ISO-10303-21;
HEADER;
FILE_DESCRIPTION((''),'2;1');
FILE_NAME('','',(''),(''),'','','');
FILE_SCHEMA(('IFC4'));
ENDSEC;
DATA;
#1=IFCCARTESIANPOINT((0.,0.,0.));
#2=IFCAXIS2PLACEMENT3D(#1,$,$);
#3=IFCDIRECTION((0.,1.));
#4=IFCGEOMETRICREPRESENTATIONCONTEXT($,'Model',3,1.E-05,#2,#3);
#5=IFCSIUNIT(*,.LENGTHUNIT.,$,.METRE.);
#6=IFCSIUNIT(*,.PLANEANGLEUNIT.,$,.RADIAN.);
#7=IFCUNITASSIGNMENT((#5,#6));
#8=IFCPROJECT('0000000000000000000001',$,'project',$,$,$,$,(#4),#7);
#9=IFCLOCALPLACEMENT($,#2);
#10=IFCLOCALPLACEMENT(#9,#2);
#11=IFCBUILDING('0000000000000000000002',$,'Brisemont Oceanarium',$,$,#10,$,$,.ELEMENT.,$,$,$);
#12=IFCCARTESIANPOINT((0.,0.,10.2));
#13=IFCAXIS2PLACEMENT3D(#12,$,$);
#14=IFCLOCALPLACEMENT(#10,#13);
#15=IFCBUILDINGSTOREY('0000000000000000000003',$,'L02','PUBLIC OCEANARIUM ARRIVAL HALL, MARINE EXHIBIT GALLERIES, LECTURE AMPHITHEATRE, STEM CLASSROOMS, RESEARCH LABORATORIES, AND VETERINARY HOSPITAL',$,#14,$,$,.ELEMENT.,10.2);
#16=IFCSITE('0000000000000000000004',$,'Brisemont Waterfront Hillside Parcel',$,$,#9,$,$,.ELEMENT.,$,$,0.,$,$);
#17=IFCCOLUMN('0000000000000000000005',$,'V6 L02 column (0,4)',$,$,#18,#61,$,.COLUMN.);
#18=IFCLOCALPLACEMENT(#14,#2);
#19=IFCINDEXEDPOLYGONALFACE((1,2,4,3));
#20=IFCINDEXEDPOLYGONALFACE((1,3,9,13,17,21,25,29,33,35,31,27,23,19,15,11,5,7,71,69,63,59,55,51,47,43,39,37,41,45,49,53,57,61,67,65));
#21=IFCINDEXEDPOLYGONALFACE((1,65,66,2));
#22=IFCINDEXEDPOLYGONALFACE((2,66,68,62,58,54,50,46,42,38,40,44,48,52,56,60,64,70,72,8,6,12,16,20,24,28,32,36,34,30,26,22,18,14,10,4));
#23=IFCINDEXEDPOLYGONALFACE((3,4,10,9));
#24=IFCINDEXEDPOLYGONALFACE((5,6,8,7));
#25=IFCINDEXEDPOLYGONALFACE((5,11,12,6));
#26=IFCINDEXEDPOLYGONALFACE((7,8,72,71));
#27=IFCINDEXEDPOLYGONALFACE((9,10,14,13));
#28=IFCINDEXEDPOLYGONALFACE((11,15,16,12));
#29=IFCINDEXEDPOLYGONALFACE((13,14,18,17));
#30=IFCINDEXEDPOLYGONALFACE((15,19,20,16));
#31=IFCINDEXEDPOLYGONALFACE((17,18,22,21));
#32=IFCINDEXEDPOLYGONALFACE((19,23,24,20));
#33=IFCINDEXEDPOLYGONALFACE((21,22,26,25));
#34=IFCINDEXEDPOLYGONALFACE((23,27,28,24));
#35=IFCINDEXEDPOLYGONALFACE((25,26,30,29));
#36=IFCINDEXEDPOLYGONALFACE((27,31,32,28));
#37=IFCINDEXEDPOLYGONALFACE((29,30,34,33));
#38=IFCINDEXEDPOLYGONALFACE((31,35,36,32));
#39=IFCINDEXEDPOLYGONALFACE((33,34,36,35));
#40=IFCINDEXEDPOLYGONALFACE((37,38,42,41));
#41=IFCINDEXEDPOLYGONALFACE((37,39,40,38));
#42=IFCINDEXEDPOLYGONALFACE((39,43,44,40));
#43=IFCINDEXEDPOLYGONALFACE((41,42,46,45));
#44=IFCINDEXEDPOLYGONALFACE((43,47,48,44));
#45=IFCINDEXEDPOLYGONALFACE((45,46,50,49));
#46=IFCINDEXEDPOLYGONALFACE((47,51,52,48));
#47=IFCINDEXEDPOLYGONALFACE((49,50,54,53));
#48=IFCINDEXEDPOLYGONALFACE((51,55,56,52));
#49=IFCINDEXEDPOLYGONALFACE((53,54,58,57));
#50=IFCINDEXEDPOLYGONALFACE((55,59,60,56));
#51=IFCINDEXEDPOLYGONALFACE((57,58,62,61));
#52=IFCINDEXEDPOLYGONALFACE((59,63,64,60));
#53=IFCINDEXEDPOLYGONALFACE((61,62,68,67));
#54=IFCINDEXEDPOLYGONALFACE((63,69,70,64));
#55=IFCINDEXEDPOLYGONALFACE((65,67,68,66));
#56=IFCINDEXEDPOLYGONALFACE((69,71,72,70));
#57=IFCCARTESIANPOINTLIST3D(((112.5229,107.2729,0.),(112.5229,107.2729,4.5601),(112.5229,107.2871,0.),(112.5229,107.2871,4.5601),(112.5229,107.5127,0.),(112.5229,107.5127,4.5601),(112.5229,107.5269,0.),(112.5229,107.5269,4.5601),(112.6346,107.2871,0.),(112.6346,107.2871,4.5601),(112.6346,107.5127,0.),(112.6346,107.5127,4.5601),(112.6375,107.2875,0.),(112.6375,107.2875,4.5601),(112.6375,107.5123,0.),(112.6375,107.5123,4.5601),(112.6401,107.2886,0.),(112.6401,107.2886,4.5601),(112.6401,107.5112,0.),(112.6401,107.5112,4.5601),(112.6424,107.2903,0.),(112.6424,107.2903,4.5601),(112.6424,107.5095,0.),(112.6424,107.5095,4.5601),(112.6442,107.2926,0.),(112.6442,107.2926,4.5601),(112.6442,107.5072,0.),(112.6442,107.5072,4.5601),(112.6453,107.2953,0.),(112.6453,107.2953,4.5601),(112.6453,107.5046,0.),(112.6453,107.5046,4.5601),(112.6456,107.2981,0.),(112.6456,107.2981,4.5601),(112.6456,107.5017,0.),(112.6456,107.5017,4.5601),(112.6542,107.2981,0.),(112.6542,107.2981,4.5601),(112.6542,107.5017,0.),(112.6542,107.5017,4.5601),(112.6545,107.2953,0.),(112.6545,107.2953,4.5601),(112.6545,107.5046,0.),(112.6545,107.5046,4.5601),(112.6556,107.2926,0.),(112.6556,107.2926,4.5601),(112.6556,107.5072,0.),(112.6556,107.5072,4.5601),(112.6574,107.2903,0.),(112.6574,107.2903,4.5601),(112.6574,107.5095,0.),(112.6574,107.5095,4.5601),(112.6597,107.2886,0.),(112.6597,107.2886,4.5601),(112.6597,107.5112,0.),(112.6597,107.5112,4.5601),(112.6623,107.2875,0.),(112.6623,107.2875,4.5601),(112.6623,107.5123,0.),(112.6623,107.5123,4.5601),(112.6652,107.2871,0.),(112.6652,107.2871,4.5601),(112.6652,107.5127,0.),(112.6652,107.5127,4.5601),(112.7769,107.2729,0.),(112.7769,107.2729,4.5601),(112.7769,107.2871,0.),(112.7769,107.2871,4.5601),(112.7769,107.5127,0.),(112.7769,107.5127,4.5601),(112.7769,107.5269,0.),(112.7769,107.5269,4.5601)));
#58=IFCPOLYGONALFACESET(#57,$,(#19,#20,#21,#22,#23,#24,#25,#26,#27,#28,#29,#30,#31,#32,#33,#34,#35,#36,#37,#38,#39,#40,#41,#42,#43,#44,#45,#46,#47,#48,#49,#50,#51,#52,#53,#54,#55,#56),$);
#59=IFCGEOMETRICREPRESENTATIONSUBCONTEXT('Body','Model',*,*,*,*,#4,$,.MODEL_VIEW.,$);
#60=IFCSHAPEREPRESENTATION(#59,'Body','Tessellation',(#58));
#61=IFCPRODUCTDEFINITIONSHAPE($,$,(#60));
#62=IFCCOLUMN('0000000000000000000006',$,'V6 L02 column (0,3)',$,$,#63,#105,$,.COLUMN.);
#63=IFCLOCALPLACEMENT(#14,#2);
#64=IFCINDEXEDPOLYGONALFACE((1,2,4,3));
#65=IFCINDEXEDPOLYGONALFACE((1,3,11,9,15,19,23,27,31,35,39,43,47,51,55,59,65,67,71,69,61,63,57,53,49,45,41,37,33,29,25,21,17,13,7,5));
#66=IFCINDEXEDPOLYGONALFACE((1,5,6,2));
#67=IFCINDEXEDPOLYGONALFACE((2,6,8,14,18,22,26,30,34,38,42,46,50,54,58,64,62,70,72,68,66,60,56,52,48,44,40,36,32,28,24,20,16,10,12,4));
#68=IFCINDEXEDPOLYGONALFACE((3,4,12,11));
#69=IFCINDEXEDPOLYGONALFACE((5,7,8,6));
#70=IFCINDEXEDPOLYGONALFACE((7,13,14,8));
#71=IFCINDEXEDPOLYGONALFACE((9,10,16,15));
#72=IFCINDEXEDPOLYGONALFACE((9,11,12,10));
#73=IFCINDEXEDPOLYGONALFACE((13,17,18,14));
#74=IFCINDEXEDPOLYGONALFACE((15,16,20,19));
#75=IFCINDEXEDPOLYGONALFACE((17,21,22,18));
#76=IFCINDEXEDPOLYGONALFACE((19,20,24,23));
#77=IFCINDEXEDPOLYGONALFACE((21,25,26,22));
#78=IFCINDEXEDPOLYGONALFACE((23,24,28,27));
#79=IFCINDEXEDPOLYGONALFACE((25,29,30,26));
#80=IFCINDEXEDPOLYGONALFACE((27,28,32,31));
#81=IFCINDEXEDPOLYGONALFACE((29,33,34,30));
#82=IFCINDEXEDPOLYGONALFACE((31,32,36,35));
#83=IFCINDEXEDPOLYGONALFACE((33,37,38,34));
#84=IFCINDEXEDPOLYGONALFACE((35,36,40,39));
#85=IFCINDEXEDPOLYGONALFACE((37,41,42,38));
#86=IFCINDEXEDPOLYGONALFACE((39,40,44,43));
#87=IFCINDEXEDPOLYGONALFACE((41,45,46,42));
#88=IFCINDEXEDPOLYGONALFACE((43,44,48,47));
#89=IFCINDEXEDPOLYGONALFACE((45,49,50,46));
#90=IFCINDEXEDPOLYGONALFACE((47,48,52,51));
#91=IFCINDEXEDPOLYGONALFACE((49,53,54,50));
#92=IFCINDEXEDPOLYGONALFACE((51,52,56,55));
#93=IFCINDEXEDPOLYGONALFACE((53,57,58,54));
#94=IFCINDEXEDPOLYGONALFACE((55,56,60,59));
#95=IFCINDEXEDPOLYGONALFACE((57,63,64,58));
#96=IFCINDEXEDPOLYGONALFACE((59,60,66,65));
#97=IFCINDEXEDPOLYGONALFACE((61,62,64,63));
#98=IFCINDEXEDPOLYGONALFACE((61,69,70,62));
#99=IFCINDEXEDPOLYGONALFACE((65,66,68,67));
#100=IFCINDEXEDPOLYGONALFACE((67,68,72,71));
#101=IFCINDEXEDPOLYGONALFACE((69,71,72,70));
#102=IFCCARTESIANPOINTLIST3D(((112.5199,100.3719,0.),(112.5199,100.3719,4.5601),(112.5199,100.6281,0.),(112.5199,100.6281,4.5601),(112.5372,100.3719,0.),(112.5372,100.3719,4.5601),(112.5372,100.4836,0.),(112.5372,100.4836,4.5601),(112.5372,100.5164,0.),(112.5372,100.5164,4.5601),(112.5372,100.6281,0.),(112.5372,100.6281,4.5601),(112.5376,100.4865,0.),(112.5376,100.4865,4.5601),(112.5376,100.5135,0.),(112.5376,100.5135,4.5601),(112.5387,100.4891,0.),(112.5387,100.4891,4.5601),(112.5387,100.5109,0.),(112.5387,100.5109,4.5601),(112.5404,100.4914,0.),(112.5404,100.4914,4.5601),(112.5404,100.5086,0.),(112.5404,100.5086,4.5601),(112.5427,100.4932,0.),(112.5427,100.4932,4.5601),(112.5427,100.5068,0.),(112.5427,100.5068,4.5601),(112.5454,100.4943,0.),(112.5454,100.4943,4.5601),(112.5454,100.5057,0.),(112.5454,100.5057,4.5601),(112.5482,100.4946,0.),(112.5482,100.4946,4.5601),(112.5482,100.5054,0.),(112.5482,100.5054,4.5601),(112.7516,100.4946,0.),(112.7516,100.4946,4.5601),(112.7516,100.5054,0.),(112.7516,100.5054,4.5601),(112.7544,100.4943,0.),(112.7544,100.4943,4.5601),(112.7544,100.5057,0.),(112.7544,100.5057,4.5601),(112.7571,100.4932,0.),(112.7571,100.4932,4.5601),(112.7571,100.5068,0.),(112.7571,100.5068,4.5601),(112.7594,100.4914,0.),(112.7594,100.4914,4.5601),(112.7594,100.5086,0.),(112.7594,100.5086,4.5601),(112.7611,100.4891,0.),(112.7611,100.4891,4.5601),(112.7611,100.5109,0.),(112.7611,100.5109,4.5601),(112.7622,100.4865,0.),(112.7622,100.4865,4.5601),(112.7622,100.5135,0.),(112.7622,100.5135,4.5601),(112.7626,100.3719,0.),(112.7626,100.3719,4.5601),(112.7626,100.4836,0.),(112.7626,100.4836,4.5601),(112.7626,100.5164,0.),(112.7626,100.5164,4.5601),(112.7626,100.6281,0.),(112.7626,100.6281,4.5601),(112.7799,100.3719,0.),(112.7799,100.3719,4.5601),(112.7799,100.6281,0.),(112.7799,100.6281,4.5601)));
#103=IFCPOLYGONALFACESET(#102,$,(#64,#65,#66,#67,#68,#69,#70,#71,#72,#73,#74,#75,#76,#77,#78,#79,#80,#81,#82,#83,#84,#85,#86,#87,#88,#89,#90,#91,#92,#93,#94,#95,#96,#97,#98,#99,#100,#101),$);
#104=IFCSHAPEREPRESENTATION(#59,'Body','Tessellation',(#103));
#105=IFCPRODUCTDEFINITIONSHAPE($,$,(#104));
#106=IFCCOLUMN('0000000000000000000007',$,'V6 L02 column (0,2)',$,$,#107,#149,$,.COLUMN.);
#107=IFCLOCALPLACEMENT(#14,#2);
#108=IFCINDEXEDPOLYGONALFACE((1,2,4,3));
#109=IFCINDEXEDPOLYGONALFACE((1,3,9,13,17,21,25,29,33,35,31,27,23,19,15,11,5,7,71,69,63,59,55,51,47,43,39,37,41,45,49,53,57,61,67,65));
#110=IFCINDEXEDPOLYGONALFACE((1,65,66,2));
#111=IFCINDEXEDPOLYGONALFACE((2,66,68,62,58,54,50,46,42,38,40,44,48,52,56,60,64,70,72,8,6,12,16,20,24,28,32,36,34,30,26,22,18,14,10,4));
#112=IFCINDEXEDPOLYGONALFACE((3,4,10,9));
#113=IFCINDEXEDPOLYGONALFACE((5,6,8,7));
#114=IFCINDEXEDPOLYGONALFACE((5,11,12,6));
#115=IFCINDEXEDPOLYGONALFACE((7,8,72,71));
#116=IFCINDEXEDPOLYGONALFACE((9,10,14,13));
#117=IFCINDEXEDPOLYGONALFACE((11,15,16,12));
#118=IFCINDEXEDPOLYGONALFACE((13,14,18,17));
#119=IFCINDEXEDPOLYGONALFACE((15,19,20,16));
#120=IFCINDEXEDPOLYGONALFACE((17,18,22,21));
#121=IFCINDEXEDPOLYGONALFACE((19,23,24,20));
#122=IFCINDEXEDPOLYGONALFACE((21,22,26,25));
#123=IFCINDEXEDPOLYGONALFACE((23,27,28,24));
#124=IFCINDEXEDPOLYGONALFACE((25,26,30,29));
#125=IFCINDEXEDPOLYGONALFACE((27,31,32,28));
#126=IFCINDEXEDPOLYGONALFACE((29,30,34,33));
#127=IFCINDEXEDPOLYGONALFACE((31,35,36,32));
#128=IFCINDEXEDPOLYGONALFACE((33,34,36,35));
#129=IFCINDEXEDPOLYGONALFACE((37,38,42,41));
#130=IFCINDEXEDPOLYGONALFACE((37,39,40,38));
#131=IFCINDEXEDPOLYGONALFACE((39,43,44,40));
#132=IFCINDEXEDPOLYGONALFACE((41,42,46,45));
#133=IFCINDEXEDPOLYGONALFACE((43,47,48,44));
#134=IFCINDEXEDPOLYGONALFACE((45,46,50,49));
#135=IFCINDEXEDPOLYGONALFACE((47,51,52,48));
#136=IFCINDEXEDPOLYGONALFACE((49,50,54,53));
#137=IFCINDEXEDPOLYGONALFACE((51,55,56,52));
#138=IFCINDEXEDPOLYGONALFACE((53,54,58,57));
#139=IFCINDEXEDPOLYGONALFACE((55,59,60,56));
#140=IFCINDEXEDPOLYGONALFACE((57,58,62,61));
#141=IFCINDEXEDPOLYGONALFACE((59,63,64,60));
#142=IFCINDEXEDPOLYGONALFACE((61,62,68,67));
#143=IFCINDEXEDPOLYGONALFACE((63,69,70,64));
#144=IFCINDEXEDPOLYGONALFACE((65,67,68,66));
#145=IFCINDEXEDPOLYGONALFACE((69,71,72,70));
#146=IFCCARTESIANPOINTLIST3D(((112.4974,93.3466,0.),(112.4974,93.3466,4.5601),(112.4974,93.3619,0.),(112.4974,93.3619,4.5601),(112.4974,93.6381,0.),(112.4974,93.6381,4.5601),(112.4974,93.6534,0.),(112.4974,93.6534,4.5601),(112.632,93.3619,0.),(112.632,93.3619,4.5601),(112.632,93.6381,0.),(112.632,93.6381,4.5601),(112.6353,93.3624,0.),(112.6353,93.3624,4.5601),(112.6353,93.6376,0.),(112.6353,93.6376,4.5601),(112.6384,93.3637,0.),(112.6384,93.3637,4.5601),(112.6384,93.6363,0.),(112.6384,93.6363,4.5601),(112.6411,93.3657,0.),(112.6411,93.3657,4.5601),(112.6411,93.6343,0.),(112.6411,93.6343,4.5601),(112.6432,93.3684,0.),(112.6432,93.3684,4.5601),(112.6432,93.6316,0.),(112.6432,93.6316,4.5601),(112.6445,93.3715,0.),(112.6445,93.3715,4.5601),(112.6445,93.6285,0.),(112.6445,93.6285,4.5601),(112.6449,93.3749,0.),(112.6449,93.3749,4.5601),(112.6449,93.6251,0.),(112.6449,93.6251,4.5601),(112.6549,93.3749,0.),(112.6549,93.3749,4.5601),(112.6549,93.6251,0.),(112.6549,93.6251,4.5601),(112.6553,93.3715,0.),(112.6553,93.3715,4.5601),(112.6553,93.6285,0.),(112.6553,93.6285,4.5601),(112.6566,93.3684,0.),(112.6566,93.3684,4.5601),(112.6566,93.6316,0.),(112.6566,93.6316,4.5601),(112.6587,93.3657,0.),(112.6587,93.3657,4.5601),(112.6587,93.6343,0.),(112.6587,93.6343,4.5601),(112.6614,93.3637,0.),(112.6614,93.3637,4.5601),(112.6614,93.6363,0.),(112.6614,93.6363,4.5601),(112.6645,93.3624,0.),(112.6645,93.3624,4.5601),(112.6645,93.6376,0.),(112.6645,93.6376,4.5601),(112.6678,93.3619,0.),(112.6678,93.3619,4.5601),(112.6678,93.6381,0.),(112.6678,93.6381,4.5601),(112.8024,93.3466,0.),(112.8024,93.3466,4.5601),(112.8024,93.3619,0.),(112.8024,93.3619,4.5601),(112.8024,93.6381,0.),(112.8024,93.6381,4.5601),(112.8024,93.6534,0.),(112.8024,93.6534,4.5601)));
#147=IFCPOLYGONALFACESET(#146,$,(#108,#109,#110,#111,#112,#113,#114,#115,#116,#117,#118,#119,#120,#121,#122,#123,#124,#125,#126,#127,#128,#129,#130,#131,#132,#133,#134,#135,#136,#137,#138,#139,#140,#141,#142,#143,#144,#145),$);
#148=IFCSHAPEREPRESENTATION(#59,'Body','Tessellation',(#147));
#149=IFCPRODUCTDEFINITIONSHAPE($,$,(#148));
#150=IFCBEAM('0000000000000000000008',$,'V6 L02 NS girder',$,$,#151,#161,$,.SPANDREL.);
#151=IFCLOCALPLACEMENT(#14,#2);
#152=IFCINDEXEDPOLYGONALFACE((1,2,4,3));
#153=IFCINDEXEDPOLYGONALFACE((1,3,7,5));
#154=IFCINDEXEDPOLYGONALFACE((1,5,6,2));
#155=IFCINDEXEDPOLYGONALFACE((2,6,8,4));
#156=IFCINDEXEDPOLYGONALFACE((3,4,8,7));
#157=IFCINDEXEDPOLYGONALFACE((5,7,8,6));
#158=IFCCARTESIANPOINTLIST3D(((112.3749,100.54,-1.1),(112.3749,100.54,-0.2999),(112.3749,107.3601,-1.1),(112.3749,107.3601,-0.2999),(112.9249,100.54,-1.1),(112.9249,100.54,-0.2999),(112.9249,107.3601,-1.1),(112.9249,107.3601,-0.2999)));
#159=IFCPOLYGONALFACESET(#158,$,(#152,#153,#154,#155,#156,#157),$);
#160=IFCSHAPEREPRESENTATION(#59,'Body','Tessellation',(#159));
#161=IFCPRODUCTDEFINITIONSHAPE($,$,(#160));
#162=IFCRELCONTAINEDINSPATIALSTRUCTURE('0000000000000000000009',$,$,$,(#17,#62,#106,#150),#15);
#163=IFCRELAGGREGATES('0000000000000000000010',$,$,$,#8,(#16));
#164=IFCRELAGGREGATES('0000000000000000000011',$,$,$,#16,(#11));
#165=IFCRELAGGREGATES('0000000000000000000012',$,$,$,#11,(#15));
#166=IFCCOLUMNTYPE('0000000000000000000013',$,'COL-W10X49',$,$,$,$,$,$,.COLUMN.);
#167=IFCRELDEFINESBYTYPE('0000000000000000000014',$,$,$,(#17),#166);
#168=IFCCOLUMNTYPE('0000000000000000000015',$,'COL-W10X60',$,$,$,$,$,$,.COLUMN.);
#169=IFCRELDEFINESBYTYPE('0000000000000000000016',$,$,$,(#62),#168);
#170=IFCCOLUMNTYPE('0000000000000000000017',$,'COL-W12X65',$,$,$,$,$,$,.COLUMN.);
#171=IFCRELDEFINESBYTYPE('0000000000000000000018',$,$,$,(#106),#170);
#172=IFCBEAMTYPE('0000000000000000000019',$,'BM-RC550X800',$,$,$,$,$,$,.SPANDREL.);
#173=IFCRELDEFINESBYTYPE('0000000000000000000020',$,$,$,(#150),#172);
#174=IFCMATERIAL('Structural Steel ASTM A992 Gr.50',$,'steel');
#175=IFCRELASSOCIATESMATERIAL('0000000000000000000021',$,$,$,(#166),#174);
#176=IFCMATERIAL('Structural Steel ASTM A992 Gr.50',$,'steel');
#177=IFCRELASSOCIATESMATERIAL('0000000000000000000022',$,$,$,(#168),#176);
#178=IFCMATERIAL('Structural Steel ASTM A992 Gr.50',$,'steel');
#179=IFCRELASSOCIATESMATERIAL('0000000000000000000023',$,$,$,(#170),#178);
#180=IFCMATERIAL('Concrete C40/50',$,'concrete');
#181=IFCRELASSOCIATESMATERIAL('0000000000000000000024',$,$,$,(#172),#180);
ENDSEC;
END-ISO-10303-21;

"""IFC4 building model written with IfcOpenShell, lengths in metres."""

from ifc_helpers import new_model, si_unit, direction, frame, origin, origin_2d, place, context, subcontext, project, spatial, rectangle, i_section, extrude, material, material_profile, profile_set, type_object, element, save


model = new_model("IFC4")

# Units and contexts
model_context = context("Model", 3, precision=1e-05, world=origin(), true_north=direction((0.0, 1.0)))
body_context = subcontext(model_context, "Body", "Model", "MODEL_VIEW")
ifc_project = project(units=[si_unit("LENGTHUNIT", "METRE"), si_unit("PLANEANGLEUNIT", "RADIAN")], contexts=[model_context])

# Site, building, storey
site_placement = place(None, origin())
site = spatial("IfcSite", under=ifc_project, at=site_placement, Name="Brisemont Waterfront Hillside Parcel", CompositionType="ELEMENT", RefElevation=0.0)
building_placement = place(site_placement, origin())
building = spatial("IfcBuilding", under=site, at=building_placement, Name="Brisemont Oceanarium", CompositionType="ELEMENT")
storey_placement = place(building_placement, frame((0.0, 0.0, 10.2)))
storey = spatial("IfcBuildingStorey", under=building, at=storey_placement, Name="L02", Description="PUBLIC OCEANARIUM ARRIVAL HALL, MARINE EXHIBIT GALLERIES, LECTURE AMPHITHEATRE, STEM CLASSROOMS, RESEARCH LABORATORIES, AND VETERINARY HOSPITAL", CompositionType="ELEMENT", Elevation=10.2)

# Columns
ifc_material_1 = material(Name="Structural Steel ASTM A992 Gr.50", Category="steel")
ifc_material_profile_1 = material_profile(ifc_material_1, i_section(OverallWidth=0.2539, OverallDepth=0.2539, WebThickness=0.0085, FlangeThickness=0.0142, FilletRadius=0.011, at=origin_2d()), Name="W10X49")
ifc_profile_set_1 = profile_set([ifc_material_profile_1], Name="Structural Steel ASTM A992 Gr.50")
column_type_1 = type_object("IfcColumnType", Name="COL-W10X49", PredefinedType="COLUMN", material=ifc_profile_set_1)
column_1_placement = place(storey_placement, frame((112.6499, 107.3999, 0.0), z_axis=(0.0, 0.0, 1.0), x_axis=(1.0, 0.0, 0.0)))
element("IfcColumn", 1, at=column_1_placement, inside=storey, type_object=column_type_1, Name="V6 L02 column (0,4)", PredefinedType="COLUMN", context=body_context, shape_type="SweptSolid", body=[
    extrude(i_section(OverallWidth=0.2539, OverallDepth=0.2539, WebThickness=0.0085, FlangeThickness=0.0142, FilletRadius=0.011, at=origin_2d()), origin(), (0.0, 0.0, 1.0), 4.5601),
])
ifc_material_2 = material(Name="Structural Steel ASTM A992 Gr.50", Category="steel")
ifc_material_profile_2 = material_profile(ifc_material_2, i_section(OverallWidth=0.2561, OverallDepth=0.26, WebThickness=0.0107, FlangeThickness=0.0173, FilletRadius=0.011, at=origin_2d()), Name="W10X60")
ifc_profile_set_2 = profile_set([ifc_material_profile_2], Name="Structural Steel ASTM A992 Gr.50")
column_type_2 = type_object("IfcColumnType", Name="COL-W10X60", PredefinedType="COLUMN", material=ifc_profile_set_2)
column_2_placement = place(storey_placement, frame((112.6499, 100.5, 0.0), z_axis=(0.0, 0.0, 1.0), x_axis=(0.0, 1.0, 0.0)))
element("IfcColumn", 2, at=column_2_placement, inside=storey, type_object=column_type_2, Name="V6 L02 column (0,3)", PredefinedType="COLUMN", context=body_context, shape_type="SweptSolid", body=[
    extrude(i_section(OverallWidth=0.2561, OverallDepth=0.26, WebThickness=0.0107, FlangeThickness=0.0173, FilletRadius=0.011, at=origin_2d()), origin(), (0.0, 0.0, 1.0), 4.5601),
])
ifc_material_3 = material(Name="Structural Steel ASTM A992 Gr.50", Category="steel")
ifc_material_profile_3 = material_profile(ifc_material_3, i_section(OverallWidth=0.3049, OverallDepth=0.3069, WebThickness=0.01, FlangeThickness=0.0154, FilletRadius=0.0129, at=origin_2d()), Name="W12X65")
ifc_profile_set_3 = profile_set([ifc_material_profile_3], Name="Structural Steel ASTM A992 Gr.50")
column_type_3 = type_object("IfcColumnType", Name="COL-W12X65", PredefinedType="COLUMN", material=ifc_profile_set_3)
column_3_placement = place(storey_placement, frame((112.6499, 93.5, 0.0), z_axis=(0.0, 0.0, 1.0), x_axis=(1.0, 0.0, 0.0)))
element("IfcColumn", 3, at=column_3_placement, inside=storey, type_object=column_type_3, Name="V6 L02 column (0,2)", PredefinedType="COLUMN", context=body_context, shape_type="SweptSolid", body=[
    extrude(i_section(OverallWidth=0.3049, OverallDepth=0.3069, WebThickness=0.01, FlangeThickness=0.0154, FilletRadius=0.0129, at=origin_2d()), origin(), (0.0, 0.0, 1.0), 4.5601),
])

# Beam
ifc_material_4 = material(Name="Concrete C40/50", Category="concrete")
ifc_material_profile_4 = material_profile(ifc_material_4, rectangle(XDim=0.55, YDim=0.8, at=origin_2d()), Name="RC-BM-550X800")
ifc_profile_set_4 = profile_set([ifc_material_profile_4], Name="Concrete C40/50")
beam_type_1 = type_object("IfcBeamType", Name="BM-RC550X800", PredefinedType="SPANDREL", material=ifc_profile_set_4)
beam_1_placement = place(storey_placement, frame((112.6499, 100.54, -0.7), z_axis=(0.0, 1.0, 0.0), x_axis=(-1.0, 0.0, 0.0)))
element("IfcBeam", 4, at=beam_1_placement, inside=storey, type_object=beam_type_1, Name="V6 L02 NS girder", PredefinedType="SPANDREL", context=body_context, shape_type="SweptSolid", body=[
    extrude(rectangle(XDim=0.55, YDim=0.8, at=origin_2d()), origin(), (0.0, 0.0, 1.0), 6.8201),
])

save(model, "model.ifc")
